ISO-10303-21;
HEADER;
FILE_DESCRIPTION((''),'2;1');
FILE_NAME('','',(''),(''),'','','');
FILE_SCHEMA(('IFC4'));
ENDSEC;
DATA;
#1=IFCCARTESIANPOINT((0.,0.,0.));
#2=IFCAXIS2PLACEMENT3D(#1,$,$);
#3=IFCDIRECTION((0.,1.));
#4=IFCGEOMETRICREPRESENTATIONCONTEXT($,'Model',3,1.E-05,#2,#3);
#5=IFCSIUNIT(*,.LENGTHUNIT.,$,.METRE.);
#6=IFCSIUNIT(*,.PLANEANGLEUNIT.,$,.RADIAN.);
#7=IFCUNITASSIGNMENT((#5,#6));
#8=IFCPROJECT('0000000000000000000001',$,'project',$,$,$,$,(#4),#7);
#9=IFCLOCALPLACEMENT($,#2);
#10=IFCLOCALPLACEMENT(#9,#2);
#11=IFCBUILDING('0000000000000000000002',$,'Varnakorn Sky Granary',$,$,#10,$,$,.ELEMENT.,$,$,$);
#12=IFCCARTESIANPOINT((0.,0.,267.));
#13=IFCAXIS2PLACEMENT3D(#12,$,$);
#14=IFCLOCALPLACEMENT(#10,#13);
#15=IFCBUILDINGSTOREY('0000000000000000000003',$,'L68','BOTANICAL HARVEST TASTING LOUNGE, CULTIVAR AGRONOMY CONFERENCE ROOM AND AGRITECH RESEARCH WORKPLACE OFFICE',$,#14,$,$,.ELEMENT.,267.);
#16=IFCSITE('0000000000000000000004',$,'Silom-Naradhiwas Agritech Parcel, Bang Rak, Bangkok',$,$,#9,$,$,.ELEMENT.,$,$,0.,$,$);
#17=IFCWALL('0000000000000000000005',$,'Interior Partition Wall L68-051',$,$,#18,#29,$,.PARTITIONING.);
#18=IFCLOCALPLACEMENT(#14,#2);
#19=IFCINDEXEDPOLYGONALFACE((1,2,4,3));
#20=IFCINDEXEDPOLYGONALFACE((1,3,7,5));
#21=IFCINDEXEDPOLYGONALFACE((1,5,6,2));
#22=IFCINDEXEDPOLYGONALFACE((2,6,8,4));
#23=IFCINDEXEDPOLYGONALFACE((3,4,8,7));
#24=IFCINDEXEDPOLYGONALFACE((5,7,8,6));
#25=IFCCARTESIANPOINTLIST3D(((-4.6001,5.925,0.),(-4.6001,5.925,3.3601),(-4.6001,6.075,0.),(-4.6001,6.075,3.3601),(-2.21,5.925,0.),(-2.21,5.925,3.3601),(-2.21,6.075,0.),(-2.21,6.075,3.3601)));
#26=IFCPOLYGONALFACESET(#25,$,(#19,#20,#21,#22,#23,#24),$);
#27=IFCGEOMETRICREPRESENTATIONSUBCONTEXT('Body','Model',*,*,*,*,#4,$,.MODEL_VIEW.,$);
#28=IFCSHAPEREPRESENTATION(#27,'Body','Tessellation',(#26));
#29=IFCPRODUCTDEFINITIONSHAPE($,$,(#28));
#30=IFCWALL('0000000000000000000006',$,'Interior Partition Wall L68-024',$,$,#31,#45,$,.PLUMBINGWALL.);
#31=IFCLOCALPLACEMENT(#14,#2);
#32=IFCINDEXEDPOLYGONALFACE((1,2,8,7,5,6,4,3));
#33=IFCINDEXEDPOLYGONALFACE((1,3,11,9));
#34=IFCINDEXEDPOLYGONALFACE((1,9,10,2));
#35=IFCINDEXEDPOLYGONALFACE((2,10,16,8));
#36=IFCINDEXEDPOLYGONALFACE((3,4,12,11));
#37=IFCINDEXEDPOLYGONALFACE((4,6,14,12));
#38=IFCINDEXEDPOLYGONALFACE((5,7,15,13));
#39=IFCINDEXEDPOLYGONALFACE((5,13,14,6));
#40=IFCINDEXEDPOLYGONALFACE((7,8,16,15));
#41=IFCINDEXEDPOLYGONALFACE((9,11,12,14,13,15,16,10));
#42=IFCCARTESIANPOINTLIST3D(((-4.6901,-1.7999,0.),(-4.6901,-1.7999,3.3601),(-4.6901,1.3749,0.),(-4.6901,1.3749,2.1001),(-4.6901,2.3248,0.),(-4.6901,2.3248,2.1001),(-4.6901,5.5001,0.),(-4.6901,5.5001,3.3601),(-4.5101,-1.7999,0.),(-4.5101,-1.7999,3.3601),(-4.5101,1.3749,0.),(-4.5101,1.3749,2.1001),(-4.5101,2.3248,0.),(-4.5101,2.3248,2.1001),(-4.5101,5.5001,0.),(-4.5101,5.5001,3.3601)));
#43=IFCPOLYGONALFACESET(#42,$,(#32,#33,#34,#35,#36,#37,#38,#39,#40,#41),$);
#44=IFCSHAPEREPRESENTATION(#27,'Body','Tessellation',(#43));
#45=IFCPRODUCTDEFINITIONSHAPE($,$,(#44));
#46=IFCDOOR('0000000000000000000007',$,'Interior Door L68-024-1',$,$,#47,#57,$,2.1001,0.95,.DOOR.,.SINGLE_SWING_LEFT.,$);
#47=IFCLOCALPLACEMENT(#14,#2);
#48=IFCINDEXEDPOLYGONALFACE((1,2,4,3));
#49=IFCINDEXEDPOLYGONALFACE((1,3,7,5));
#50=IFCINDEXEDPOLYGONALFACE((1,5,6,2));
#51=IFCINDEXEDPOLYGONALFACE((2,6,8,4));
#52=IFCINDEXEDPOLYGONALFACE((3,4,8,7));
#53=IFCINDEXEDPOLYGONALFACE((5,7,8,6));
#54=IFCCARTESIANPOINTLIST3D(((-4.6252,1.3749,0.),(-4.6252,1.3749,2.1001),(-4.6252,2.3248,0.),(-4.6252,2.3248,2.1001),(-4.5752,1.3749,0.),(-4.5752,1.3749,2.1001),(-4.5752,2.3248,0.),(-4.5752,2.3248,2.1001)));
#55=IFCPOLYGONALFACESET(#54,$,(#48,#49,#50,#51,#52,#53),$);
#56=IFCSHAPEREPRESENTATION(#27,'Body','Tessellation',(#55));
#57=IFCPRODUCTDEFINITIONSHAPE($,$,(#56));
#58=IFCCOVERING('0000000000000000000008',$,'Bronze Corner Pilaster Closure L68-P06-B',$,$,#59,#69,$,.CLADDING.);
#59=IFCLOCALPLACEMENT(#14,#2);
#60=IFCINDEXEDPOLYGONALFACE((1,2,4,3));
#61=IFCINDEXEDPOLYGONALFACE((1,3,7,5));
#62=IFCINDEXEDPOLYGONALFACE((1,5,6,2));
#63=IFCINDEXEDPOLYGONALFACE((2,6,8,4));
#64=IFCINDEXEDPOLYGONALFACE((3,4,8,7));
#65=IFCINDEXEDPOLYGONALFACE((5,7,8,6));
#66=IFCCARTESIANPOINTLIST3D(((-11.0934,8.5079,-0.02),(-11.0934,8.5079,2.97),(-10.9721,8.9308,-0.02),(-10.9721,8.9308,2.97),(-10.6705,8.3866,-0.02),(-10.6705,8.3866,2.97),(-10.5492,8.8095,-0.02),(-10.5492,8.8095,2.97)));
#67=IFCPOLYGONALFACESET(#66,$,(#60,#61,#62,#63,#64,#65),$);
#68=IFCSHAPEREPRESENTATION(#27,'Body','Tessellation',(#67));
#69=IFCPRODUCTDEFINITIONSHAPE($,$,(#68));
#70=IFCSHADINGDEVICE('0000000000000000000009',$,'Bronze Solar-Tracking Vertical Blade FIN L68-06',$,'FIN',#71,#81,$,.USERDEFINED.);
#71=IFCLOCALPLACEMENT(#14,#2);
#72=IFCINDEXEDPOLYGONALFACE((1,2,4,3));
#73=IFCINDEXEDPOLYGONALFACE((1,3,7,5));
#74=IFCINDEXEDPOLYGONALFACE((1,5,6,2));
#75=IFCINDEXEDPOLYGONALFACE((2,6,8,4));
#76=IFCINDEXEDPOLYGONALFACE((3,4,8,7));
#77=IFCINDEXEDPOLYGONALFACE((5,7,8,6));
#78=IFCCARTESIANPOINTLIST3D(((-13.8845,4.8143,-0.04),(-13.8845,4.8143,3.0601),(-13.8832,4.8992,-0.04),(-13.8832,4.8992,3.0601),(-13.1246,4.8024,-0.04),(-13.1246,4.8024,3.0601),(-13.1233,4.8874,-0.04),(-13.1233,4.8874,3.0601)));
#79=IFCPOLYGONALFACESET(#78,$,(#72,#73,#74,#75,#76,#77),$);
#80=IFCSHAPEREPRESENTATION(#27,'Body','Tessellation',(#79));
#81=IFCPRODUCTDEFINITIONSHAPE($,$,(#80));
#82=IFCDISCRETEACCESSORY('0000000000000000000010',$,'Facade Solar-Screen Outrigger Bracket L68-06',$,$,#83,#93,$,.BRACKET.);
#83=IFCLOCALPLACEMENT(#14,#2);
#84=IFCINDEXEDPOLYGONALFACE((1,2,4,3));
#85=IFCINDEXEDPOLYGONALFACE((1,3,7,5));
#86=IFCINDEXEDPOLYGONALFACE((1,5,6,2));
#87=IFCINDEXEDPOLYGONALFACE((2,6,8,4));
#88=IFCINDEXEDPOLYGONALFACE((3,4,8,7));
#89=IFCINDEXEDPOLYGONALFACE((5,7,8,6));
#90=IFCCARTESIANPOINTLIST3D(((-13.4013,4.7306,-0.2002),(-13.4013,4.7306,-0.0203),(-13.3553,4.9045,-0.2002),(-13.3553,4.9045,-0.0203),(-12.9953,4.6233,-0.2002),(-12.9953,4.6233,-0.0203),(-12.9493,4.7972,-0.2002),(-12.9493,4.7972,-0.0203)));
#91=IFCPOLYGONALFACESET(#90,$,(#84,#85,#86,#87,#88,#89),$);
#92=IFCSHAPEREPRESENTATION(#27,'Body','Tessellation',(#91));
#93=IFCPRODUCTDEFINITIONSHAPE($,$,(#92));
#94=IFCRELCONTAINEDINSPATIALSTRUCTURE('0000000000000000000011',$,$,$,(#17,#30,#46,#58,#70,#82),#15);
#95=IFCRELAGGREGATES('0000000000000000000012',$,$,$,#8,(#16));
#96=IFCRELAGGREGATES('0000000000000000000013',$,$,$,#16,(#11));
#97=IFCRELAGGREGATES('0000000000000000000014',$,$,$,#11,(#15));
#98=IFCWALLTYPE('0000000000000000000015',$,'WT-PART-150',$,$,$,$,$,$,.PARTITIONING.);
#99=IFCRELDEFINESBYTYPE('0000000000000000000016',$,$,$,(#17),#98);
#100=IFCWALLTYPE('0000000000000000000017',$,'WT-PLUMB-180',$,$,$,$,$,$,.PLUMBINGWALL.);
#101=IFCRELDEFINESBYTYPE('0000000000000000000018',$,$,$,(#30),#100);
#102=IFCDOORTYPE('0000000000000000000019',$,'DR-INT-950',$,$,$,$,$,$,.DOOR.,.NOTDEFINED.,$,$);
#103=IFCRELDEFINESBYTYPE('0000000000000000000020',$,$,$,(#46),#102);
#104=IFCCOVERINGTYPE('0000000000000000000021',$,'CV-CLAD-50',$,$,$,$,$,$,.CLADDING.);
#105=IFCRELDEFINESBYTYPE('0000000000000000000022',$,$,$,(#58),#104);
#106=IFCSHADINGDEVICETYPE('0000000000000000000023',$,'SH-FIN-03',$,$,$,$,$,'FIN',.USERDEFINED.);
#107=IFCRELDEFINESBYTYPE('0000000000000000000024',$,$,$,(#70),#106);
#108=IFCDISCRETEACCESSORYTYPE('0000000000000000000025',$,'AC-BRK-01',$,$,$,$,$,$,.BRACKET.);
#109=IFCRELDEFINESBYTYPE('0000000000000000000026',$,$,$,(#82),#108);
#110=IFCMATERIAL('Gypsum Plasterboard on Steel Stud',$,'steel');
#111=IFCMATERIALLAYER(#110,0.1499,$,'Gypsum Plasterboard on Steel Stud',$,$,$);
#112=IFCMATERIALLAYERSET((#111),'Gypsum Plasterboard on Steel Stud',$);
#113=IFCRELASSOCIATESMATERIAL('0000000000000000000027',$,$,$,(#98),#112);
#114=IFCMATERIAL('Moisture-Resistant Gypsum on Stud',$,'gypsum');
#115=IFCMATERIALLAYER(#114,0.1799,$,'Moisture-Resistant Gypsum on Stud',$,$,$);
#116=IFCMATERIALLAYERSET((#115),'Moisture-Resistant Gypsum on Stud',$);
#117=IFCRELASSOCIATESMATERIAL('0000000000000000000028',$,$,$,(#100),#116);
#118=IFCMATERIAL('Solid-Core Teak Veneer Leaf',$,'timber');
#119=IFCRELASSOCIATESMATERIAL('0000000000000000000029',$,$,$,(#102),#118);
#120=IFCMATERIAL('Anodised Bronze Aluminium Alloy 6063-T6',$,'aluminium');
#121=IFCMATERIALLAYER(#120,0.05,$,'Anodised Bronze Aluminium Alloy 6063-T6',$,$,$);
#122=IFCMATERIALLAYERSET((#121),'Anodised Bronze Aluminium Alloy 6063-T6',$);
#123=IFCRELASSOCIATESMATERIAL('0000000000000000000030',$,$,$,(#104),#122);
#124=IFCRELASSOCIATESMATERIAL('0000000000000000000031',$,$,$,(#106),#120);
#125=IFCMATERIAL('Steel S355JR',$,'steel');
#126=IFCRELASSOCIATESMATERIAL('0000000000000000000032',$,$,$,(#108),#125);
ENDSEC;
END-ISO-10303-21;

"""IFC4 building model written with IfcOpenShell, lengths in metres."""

from ifc_helpers import new_model, si_unit, direction, frame, frame_2d, origin, origin_2d, place, context, subcontext, project, spatial, rectangle, extrude, source, transform, mapped, material, layer, layer_set, type_object, type_shapes, element, fill, save


model = new_model("IFC4")

# Units and contexts
model_context = context("Model", 3, precision=1e-05, world=origin(), true_north=direction((0.0, 1.0)))
body_context = subcontext(model_context, "Body", "Model", "MODEL_VIEW")
ifc_project = project(units=[si_unit("LENGTHUNIT", "METRE"), si_unit("PLANEANGLEUNIT", "RADIAN")], contexts=[model_context])

# Site, building, storey
site_placement = place(None, origin())
site = spatial("IfcSite", under=ifc_project, at=site_placement, Name="Silom-Naradhiwas Agritech Parcel, Bang Rak, Bangkok", CompositionType="ELEMENT", RefElevation=0.0)
building_placement = place(site_placement, origin())
building = spatial("IfcBuilding", under=site, at=building_placement, Name="Varnakorn Sky Granary", CompositionType="ELEMENT")
storey_placement = place(building_placement, frame((0.0, 0.0, 267.0)))
storey = spatial("IfcBuildingStorey", under=building, at=storey_placement, Name="L68", Description="BOTANICAL HARVEST TASTING LOUNGE, CULTIVAR AGRONOMY CONFERENCE ROOM AND AGRITECH RESEARCH WORKPLACE OFFICE", CompositionType="ELEMENT", Elevation=267.0)

# Shared definitions
ifc_material_1 = material(Name="Steel S355JR", Category="steel")

# Shared definitions
ifc_material_2 = material(Name="Anodised Bronze Aluminium Alloy 6063-T6", Category="aluminium")

# Wall
ifc_material_3 = material(Name="Gypsum Plasterboard on Steel Stud", Category="steel")
ifc_layer_1 = layer(ifc_material_3, 0.1499, Name="Gypsum Plasterboard on Steel Stud")
ifc_layer_set_1 = layer_set([ifc_layer_1], Name="Gypsum Plasterboard on Steel Stud")
wall_type_1 = type_object("IfcWallType", Name="WT-PART-150", PredefinedType="PARTITIONING", material=ifc_layer_set_1)
wall_1_placement = place(storey_placement, frame((-2.21, 6.0, 0.0), z_axis=(0.0, 0.0, 1.0), x_axis=(-1.0, 0.0, 0.0)))
element("IfcWall", 1, at=wall_1_placement, inside=storey, type_object=wall_type_1, Name="Interior Partition Wall L68-051", PredefinedType="PARTITIONING", context=body_context, shape_type="SweptSolid", body=[
    extrude(rectangle(XDim=2.3901, YDim=0.1499, at=frame_2d((1.1951, 0.0))), origin(), (0.0, 0.0, 1.0), 3.3601),
])

# Wall, opening, door
ifc_material_4 = material(Name="Moisture-Resistant Gypsum on Stud", Category="gypsum")
ifc_layer_2 = layer(ifc_material_4, 0.1799, Name="Moisture-Resistant Gypsum on Stud")
ifc_layer_set_2 = layer_set([ifc_layer_2], Name="Moisture-Resistant Gypsum on Stud")
wall_type_2 = type_object("IfcWallType", Name="WT-PLUMB-180", PredefinedType="PLUMBINGWALL", material=ifc_layer_set_2)
wall_2_placement = place(storey_placement, frame((-4.6001, 5.5, 0.0), z_axis=(0.0, 0.0, 1.0), x_axis=(0.0, -1.0, 0.0)))
wall_2 = element("IfcWall", 2, at=wall_2_placement, inside=storey, type_object=wall_type_2, Name="Interior Partition Wall L68-024", PredefinedType="PLUMBINGWALL", context=body_context, shape_type="SweptSolid", body=[
    extrude(rectangle(XDim=7.3, YDim=0.1799, at=frame_2d((3.6499, 0.0))), origin(), (0.0, 0.0, 1.0), 3.3601),
])
opening_placement = place(wall_2_placement, frame((3.175, 0.0, 0.0)))
opening = element("IfcOpeningElement", 3, at=opening_placement, cuts=wall_2, PredefinedType="OPENING", context=body_context, shape_type="SweptSolid", body=[
    extrude(rectangle(XDim=0.95, YDim=2.1001, at=frame_2d((0.4751, 1.05))), frame((0.0, 0.1001, 0.0), z_axis=(0.0, -1.0, 0.0), x_axis=(1.0, 0.0, 0.0)), (0.0, 0.0, 1.0), 0.2),
])
ifc_material_5 = material(Name="Solid-Core Teak Veneer Leaf", Category="timber")
door_type = type_object("IfcDoorType", Name="DR-INT-950", OperationType="NOTDEFINED", PredefinedType="DOOR", material=ifc_material_5)
door_placement = place(opening_placement, origin())
door = element("IfcDoor", 4, at=door_placement, inside=storey, type_object=door_type, Name="Interior Door L68-024-1", OperationType="SINGLE_SWING_LEFT", OverallHeight=2.1001, OverallWidth=0.95, PredefinedType="DOOR", context=body_context, shape_type="SweptSolid", body=[
    extrude(rectangle(XDim=0.95, YDim=2.1001, at=frame_2d((0.4751, 1.05))), frame((0.0, 0.0249, 0.0), z_axis=(0.0, -1.0, 0.0), x_axis=(1.0, 0.0, 0.0)), (0.0, 0.0, 1.0), 0.05),
])
fill(opening, door)

# Covering
ifc_layer_3 = layer(ifc_material_2, 0.05, Name="Anodised Bronze Aluminium Alloy 6063-T6")
ifc_layer_set_3 = layer_set([ifc_layer_3], Name="Anodised Bronze Aluminium Alloy 6063-T6")
covering_type = type_object("IfcCoveringType", Name="CV-CLAD-50", PredefinedType="CLADDING", material=ifc_layer_set_3)
shared_shape_1 = source(origin(), body_context, "Body", "SweptSolid", [
    extrude(rectangle(XDim=0.4399, YDim=0.4399, at=origin_2d()), origin(), (0.0, 0.0, 1.0), 2.99),
])
type_shapes(covering_type, [shared_shape_1])
covering_placement = place(storey_placement, frame((-10.8213, 8.6587, -0.02), z_axis=(0.0, 0.0, 1.0), x_axis=(0.275805, 0.961214, 0.0)))
element("IfcCovering", 5, at=covering_placement, inside=storey, type_object=covering_type, Name="Bronze Corner Pilaster Closure L68-P06-B", PredefinedType="CLADDING", context=body_context, shape_type="MappedRepresentation", body=[
    mapped(shared_shape_1, transform((0.0, 0.0, 0.0), x_axis=(1.0, 0.0, 0.0), y_axis=(0.0, 1.0, 0.0), z_axis=(0.0, 0.0, 1.0), scale=1.0)),
])

# Shading device
shading_device_type = type_object("IfcShadingDeviceType", Name="SH-FIN-03", ElementType="FIN", PredefinedType="USERDEFINED", material=ifc_material_2)
shared_shape_2 = source(origin(), body_context, "Body", "SweptSolid", [
    extrude(rectangle(XDim=0.085, YDim=0.76, at=origin_2d()), origin(), (0.0, 0.0, 1.0), 3.1001),
])
type_shapes(shading_device_type, [shared_shape_2])
shading_device_placement = place(storey_placement, frame((-13.5039, 4.8508, -0.04), z_axis=(0.0, 0.0, 1.0), x_axis=(-0.015598, -0.999878, 0.0)))
element("IfcShadingDevice", 6, at=shading_device_placement, inside=storey, type_object=shading_device_type, Name="Bronze Solar-Tracking Vertical Blade FIN L68-06", ObjectType="FIN", PredefinedType="USERDEFINED", context=body_context, shape_type="MappedRepresentation", body=[
    mapped(shared_shape_2, transform((0.0, 0.0, 0.0), x_axis=(1.0, 0.0, 0.0), y_axis=(0.0, 1.0, 0.0), z_axis=(0.0, 0.0, 1.0), scale=1.0)),
])

# Discrete accessory
discrete_accessory_type = type_object("IfcDiscreteAccessoryType", Name="AC-BRK-01", PredefinedType="BRACKET", material=ifc_material_1)
shared_shape_3 = source(origin(), body_context, "Body", "SweptSolid", [
    extrude(rectangle(XDim=0.1799, YDim=0.4199, at=origin_2d()), origin(), (0.0, 0.0, 1.0), 0.1799),
])
type_shapes(discrete_accessory_type, [shared_shape_3])
discrete_accessory_placement = place(storey_placement, frame((-13.1753, 4.7639, -0.2002), z_axis=(0.0, 0.0, 1.0), x_axis=(-0.255521, -0.966804, 0.0)))
element("IfcDiscreteAccessory", 7, at=discrete_accessory_placement, inside=storey, type_object=discrete_accessory_type, Name="Facade Solar-Screen Outrigger Bracket L68-06", PredefinedType="BRACKET", context=body_context, shape_type="MappedRepresentation", body=[
    mapped(shared_shape_3, transform((0.0, 0.0, 0.0), x_axis=(1.0, 0.0, 0.0), y_axis=(0.0, 1.0, 0.0), z_axis=(0.0, 0.0, 1.0), scale=1.0)),
])

save(model, "model.ifc")
